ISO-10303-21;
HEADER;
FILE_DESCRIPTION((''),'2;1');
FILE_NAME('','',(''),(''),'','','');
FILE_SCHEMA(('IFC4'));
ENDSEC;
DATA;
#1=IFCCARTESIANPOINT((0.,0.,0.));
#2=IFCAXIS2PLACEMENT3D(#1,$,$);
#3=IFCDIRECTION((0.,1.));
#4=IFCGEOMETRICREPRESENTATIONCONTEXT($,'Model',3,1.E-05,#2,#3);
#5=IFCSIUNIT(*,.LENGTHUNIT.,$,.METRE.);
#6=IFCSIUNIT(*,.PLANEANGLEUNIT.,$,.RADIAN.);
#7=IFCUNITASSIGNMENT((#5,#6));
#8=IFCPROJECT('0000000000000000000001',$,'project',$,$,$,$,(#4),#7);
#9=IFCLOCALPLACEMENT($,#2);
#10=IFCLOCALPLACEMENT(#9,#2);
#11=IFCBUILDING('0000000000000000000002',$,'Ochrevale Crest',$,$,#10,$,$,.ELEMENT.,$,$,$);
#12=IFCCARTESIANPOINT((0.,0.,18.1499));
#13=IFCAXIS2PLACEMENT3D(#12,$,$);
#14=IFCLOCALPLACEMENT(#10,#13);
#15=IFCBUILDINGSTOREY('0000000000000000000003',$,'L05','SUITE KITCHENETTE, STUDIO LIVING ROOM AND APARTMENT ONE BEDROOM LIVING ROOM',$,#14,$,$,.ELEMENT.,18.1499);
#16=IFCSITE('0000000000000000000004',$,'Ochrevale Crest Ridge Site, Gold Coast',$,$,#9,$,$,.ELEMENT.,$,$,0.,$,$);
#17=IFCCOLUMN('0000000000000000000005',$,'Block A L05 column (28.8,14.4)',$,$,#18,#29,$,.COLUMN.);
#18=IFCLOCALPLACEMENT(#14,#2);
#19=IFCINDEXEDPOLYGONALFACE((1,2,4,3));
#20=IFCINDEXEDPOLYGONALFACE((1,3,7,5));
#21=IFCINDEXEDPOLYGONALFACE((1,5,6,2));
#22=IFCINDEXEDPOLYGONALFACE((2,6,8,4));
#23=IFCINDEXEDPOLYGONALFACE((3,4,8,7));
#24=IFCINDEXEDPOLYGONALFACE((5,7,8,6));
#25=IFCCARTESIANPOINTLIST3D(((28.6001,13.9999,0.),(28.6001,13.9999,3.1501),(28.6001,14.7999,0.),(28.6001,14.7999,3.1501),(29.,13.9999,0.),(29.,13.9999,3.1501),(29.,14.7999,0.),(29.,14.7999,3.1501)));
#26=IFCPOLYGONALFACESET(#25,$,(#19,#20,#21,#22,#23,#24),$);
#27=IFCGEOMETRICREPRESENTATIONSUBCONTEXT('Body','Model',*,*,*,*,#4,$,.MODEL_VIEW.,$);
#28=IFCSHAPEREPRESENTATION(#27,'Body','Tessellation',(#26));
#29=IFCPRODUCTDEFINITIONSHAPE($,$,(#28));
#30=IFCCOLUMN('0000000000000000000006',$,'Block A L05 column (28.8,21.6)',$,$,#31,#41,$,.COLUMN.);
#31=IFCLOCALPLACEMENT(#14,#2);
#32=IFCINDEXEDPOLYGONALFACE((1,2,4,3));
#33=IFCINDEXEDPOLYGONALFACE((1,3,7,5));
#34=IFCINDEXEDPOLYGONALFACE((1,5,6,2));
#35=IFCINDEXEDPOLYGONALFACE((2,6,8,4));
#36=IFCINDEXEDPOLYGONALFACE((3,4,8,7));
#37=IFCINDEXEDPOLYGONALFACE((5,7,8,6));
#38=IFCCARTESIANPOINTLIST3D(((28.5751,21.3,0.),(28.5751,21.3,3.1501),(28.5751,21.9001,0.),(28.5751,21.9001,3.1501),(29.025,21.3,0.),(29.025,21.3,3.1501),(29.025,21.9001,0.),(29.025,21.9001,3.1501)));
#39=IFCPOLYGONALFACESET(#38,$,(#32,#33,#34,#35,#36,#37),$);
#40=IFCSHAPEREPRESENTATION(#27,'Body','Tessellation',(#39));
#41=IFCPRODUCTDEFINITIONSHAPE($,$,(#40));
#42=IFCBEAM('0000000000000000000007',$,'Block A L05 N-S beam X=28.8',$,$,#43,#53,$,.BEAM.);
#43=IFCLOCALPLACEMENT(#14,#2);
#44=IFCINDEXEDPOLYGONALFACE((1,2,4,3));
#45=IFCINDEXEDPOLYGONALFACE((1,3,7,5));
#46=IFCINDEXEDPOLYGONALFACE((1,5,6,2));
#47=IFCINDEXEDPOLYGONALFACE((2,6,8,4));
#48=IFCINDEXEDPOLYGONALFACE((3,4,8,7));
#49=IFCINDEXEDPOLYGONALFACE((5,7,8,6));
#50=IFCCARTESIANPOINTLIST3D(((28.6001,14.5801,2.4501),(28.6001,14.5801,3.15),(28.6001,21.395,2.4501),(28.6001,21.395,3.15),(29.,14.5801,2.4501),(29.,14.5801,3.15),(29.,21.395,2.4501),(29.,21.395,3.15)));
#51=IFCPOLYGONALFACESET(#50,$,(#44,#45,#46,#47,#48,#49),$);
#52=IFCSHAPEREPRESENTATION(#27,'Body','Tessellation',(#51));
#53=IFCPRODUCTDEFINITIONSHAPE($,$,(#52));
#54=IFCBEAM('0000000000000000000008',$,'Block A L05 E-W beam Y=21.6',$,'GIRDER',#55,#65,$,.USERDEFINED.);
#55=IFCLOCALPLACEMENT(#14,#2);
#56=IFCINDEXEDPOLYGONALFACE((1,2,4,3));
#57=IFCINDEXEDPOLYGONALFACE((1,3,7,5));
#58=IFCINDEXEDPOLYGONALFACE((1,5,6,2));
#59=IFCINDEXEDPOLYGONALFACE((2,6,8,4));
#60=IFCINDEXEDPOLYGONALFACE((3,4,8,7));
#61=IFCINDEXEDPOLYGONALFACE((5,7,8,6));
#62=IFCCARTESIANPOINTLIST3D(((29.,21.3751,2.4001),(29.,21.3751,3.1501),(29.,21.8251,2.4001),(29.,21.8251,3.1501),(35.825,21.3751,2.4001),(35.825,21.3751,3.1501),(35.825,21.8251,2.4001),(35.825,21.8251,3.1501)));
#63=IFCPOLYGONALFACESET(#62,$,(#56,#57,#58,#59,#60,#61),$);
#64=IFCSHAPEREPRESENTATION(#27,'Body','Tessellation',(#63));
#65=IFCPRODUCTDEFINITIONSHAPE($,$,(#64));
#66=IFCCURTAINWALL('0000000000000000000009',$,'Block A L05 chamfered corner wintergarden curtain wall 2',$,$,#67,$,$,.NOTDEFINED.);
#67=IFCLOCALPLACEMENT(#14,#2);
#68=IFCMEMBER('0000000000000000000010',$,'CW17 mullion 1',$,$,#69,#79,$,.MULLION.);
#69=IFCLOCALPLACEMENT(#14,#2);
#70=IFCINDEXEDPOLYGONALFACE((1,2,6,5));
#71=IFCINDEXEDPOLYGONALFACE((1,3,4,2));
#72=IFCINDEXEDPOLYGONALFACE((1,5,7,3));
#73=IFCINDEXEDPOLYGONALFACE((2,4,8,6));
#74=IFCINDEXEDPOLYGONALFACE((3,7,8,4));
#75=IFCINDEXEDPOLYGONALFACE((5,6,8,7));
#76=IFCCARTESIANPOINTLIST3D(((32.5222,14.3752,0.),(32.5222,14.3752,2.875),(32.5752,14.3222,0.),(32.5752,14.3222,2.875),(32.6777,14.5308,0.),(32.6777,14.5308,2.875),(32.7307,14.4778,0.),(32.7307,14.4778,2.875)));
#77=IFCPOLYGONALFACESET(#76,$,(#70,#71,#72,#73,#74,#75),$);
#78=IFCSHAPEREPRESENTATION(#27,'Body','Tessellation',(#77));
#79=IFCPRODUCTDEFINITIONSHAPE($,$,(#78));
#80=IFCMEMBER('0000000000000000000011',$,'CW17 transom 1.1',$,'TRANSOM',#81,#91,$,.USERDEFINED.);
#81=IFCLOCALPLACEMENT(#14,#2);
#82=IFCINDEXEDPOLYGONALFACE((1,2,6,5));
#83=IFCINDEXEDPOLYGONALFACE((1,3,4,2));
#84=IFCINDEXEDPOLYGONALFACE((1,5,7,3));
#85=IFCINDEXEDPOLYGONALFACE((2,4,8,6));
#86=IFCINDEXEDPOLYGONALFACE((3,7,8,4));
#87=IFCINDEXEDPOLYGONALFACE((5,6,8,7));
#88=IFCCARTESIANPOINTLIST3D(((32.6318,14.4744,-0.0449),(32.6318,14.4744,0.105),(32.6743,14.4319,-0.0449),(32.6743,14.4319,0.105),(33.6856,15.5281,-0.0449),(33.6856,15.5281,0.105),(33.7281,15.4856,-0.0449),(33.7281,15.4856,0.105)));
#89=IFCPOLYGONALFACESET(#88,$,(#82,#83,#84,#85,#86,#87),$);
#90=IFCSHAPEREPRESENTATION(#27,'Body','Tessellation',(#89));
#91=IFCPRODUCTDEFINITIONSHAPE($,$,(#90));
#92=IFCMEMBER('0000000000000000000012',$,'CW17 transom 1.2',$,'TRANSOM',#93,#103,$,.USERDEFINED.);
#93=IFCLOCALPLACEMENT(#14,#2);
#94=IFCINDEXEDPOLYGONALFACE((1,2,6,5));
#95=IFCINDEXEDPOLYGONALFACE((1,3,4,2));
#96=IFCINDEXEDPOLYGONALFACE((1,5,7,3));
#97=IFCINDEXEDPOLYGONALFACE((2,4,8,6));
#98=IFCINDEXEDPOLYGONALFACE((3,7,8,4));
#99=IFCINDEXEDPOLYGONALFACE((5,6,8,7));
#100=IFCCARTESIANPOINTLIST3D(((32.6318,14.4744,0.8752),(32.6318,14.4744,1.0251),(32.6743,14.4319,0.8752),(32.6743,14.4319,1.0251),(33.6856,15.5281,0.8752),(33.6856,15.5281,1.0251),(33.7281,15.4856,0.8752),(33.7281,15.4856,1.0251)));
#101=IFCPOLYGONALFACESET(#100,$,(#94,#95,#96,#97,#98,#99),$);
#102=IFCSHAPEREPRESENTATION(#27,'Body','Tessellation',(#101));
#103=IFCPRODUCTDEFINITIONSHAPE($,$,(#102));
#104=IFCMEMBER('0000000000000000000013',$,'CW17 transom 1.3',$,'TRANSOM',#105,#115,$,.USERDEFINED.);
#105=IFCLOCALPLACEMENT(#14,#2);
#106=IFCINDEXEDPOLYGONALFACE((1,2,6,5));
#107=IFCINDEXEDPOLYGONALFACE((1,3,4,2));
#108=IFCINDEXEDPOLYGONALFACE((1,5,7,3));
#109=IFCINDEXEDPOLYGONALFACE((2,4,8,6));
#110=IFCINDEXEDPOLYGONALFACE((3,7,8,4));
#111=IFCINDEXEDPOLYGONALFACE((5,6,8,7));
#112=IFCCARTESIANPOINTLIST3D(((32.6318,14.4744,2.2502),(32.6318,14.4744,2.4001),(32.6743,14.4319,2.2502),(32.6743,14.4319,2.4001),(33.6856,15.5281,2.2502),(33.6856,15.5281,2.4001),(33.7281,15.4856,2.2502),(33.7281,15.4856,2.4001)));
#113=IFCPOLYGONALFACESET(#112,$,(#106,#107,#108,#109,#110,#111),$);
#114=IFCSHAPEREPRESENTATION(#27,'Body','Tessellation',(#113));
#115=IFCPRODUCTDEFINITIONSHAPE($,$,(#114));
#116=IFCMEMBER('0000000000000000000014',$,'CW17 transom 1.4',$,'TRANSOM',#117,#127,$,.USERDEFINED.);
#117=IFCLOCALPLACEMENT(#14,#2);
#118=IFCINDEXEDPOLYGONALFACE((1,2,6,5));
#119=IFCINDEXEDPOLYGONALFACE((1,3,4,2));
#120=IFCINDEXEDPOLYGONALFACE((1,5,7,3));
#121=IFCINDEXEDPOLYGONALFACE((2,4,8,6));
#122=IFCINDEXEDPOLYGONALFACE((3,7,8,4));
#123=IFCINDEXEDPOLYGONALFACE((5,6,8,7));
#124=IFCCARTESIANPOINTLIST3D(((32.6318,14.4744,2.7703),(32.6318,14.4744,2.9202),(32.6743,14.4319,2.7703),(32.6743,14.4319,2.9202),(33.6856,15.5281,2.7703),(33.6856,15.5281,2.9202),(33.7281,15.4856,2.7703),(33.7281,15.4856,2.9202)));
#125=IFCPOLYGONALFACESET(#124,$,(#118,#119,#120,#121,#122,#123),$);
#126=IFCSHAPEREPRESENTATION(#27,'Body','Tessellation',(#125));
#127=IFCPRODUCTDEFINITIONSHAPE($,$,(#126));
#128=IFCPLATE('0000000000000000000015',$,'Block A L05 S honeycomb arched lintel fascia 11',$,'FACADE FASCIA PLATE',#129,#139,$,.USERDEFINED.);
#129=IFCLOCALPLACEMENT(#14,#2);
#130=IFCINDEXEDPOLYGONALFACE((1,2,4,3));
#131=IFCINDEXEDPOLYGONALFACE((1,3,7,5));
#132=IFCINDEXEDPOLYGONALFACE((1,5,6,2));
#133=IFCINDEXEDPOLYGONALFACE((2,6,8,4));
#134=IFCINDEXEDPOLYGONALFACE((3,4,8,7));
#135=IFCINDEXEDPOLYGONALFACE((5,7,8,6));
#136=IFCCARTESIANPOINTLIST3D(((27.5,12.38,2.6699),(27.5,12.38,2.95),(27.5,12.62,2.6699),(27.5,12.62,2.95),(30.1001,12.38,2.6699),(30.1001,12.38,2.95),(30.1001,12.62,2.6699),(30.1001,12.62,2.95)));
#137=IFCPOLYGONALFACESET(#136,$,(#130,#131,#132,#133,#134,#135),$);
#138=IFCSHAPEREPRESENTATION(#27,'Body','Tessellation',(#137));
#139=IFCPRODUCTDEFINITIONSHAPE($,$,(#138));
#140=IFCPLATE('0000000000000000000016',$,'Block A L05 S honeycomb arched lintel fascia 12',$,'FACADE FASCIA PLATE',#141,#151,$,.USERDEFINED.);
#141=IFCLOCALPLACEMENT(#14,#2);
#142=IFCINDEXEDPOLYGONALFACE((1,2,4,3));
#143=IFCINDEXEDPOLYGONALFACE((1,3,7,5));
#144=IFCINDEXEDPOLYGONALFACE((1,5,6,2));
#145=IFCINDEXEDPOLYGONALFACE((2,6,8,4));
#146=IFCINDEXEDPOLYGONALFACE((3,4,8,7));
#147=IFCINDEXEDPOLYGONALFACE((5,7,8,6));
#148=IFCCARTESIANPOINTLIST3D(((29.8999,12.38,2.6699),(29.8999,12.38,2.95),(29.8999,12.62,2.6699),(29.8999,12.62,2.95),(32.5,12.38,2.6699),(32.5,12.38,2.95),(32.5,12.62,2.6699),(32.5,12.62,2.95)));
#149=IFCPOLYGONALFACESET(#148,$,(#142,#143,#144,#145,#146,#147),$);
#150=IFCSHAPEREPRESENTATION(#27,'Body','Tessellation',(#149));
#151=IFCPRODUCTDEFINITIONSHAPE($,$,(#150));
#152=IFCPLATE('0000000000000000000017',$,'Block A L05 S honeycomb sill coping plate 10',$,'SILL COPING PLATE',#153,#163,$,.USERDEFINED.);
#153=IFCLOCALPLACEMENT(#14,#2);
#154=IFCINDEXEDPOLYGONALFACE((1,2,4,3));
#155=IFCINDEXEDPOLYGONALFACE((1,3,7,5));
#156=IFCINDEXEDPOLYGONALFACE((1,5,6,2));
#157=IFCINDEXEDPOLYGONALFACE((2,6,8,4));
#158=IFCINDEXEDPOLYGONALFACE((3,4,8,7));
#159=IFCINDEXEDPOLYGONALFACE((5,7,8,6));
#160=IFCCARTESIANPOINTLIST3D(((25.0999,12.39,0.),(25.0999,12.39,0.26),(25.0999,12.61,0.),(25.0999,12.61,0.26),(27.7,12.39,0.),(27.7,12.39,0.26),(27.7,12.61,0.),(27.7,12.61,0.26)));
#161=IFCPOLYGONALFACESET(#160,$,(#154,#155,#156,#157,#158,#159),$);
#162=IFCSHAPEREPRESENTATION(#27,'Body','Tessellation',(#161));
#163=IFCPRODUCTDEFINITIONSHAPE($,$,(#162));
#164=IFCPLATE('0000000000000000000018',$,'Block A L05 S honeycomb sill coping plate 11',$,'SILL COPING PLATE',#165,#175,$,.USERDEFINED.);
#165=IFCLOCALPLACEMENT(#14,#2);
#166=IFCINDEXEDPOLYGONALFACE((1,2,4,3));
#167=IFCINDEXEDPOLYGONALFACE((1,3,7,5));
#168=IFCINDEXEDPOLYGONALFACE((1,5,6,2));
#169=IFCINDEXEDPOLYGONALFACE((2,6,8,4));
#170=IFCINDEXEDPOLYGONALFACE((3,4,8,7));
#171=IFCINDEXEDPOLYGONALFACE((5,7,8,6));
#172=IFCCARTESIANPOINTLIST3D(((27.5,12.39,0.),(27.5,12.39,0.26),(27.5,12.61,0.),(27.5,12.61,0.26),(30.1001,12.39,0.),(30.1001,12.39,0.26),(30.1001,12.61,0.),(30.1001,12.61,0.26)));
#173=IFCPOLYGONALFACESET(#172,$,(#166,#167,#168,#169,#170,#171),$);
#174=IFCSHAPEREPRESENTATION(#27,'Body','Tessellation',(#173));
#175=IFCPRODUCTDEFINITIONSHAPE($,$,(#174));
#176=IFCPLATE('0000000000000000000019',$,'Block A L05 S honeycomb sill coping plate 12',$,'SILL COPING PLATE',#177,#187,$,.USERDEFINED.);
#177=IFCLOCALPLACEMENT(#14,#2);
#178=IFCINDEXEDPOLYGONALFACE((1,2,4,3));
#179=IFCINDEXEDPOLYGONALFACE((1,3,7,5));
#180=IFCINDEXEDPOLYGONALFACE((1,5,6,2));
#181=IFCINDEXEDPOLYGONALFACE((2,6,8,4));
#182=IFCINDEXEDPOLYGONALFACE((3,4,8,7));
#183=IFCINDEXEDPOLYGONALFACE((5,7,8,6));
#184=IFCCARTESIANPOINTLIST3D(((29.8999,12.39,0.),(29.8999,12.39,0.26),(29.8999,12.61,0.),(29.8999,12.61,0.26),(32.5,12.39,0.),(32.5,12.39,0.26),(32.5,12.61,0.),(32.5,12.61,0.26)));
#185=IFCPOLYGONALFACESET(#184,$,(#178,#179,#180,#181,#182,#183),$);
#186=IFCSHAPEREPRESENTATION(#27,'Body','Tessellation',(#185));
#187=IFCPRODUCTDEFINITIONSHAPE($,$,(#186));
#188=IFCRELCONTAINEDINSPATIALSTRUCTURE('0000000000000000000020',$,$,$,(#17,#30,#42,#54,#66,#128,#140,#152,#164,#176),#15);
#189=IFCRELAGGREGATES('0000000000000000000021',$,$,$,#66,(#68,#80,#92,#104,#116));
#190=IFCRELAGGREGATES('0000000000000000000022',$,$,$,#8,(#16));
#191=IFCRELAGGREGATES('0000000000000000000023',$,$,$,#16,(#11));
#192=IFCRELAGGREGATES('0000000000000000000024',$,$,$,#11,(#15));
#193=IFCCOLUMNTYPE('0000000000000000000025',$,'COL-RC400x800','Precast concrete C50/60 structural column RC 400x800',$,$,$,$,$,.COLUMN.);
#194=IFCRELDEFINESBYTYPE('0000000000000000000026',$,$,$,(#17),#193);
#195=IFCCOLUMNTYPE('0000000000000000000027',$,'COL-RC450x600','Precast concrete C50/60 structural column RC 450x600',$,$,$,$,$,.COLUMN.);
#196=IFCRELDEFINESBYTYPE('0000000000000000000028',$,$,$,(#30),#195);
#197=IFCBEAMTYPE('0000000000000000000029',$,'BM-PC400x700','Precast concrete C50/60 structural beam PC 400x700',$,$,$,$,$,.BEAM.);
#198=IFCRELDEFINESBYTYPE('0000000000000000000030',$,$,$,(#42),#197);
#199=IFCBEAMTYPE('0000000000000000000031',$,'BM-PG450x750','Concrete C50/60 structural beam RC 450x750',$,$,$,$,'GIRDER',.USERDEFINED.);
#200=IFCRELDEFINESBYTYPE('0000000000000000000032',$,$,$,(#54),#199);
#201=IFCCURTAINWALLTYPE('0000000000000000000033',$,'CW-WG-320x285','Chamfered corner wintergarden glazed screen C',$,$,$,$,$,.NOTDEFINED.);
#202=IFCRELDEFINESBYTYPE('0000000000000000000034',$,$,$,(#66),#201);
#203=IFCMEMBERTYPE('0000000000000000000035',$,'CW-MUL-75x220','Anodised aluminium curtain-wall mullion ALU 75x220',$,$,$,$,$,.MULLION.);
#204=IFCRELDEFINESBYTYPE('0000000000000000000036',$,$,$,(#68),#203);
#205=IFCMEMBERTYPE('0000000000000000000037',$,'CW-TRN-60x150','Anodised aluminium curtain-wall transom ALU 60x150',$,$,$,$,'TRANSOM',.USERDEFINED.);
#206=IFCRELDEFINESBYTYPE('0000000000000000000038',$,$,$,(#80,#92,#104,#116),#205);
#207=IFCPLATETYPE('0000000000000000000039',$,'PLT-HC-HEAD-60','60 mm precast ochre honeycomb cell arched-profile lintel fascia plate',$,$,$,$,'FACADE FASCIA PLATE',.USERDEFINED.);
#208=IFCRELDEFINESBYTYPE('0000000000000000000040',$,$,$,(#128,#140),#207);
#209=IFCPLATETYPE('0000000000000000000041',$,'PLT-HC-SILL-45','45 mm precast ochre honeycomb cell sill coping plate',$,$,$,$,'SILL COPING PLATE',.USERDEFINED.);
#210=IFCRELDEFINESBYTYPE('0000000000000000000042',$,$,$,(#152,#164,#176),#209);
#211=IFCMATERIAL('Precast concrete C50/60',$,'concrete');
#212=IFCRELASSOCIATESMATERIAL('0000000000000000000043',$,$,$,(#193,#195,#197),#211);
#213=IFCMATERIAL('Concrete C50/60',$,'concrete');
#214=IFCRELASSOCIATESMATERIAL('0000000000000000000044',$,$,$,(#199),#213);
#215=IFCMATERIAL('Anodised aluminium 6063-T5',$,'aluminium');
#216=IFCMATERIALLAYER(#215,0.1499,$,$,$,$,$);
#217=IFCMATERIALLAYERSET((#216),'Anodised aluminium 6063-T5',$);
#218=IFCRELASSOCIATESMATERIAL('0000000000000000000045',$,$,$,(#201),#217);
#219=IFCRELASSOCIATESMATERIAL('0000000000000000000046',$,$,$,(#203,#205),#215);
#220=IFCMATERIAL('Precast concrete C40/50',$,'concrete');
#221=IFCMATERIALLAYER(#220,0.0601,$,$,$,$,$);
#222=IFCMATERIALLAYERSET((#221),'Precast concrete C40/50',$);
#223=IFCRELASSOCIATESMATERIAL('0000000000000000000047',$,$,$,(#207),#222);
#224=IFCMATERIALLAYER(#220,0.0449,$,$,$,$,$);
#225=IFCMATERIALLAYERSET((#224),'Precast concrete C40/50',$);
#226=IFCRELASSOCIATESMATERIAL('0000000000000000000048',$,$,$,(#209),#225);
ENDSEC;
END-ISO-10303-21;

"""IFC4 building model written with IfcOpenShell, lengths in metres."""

from ifc_helpers import new_model, si_unit, direction, frame, origin, origin_2d, place, context, subcontext, project, spatial, rectangle, extrude, material, layer, layer_set, material_profile, profile_set, type_object, element, aggregate, save


model = new_model("IFC4")

# Units and contexts
model_context = context("Model", 3, precision=1e-05, world=origin(), true_north=direction((0.0, 1.0)))
body_context = subcontext(model_context, "Body", "Model", "MODEL_VIEW")
ifc_project = project(units=[si_unit("LENGTHUNIT", "METRE"), si_unit("PLANEANGLEUNIT", "RADIAN")], contexts=[model_context])

# Site, building, storey
site_placement = place(None, origin())
site = spatial("IfcSite", under=ifc_project, at=site_placement, Name="Ochrevale Crest Ridge Site, Gold Coast", CompositionType="ELEMENT", RefElevation=0.0)
building_placement = place(site_placement, origin())
building = spatial("IfcBuilding", under=site, at=building_placement, Name="Ochrevale Crest", CompositionType="ELEMENT")
storey_placement = place(building_placement, frame((0.0, 0.0, 18.1499)))
storey = spatial("IfcBuildingStorey", under=building, at=storey_placement, Name="L05", Description="SUITE KITCHENETTE, STUDIO LIVING ROOM AND APARTMENT ONE BEDROOM LIVING ROOM", CompositionType="ELEMENT", Elevation=18.1499)

# Columns
ifc_material_1 = material(Name="Precast concrete C50/60", Category="concrete")
ifc_material_profile_1 = material_profile(ifc_material_1, rectangle(XDim=0.3999, YDim=0.8, at=origin_2d()), Name="RC 400x800")
ifc_profile_set_1 = profile_set([ifc_material_profile_1], Name="Precast concrete C50/60")
column_type_1 = type_object("IfcColumnType", Name="COL-RC400x800", Description="Precast concrete C50/60 structural column RC 400x800", PredefinedType="COLUMN", material=ifc_profile_set_1)
column_1_placement = place(storey_placement, frame((28.8, 14.3999, 0.0), z_axis=(0.0, 0.0, 1.0), x_axis=(1.0, 0.0, 0.0)))
element("IfcColumn", 1, at=column_1_placement, inside=storey, type_object=column_type_1, Name="Block A L05 column (28.8,14.4)", PredefinedType="COLUMN", context=body_context, shape_type="SweptSolid", body=[
    extrude(rectangle(XDim=0.3999, YDim=0.8, at=origin_2d()), origin(), (0.0, 0.0, 1.0), 3.1501),
])
ifc_material_profile_2 = material_profile(ifc_material_1, rectangle(XDim=0.45, YDim=0.6001, at=origin_2d()), Name="RC 450x600")
ifc_profile_set_2 = profile_set([ifc_material_profile_2], Name="Precast concrete C50/60")
column_type_2 = type_object("IfcColumnType", Name="COL-RC450x600", Description="Precast concrete C50/60 structural column RC 450x600", PredefinedType="COLUMN", material=ifc_profile_set_2)
column_2_placement = place(storey_placement, frame((28.8, 21.6001, 0.0), z_axis=(0.0, 0.0, 1.0), x_axis=(1.0, 0.0, 0.0)))
element("IfcColumn", 2, at=column_2_placement, inside=storey, type_object=column_type_2, Name="Block A L05 column (28.8,21.6)", PredefinedType="COLUMN", context=body_context, shape_type="SweptSolid", body=[
    extrude(rectangle(XDim=0.45, YDim=0.6001, at=origin_2d()), origin(), (0.0, 0.0, 1.0), 3.1501),
])

# Beams
ifc_material_profile_3 = material_profile(ifc_material_1, rectangle(XDim=0.3999, YDim=0.7, at=origin_2d()), Name="PC 400x700")
ifc_profile_set_3 = profile_set([ifc_material_profile_3], Name="Precast concrete C50/60")
beam_type_1 = type_object("IfcBeamType", Name="BM-PC400x700", Description="Precast concrete C50/60 structural beam PC 400x700", PredefinedType="BEAM", material=ifc_profile_set_3)
beam_1_placement = place(storey_placement, frame((28.8, 14.5801, 2.8), z_axis=(0.0, 1.0, 0.0), x_axis=(-1.0, 0.0, 0.0)))
element("IfcBeam", 3, at=beam_1_placement, inside=storey, type_object=beam_type_1, Name="Block A L05 N-S beam X=28.8", PredefinedType="BEAM", context=body_context, shape_type="SweptSolid", body=[
    extrude(rectangle(XDim=0.3999, YDim=0.7, at=origin_2d()), origin(), (0.0, 0.0, 1.0), 6.8149),
])
ifc_material_2 = material(Name="Concrete C50/60", Category="concrete")
ifc_material_profile_4 = material_profile(ifc_material_2, rectangle(XDim=0.45, YDim=0.75, at=origin_2d()), Name="RC 450x750")
ifc_profile_set_4 = profile_set([ifc_material_profile_4], Name="Concrete C50/60")
beam_type_2 = type_object("IfcBeamType", Name="BM-PG450x750", Description="Concrete C50/60 structural beam RC 450x750", ElementType="GIRDER", PredefinedType="USERDEFINED", material=ifc_profile_set_4)
beam_2_placement = place(storey_placement, frame((29.0, 21.6001, 2.7751), z_axis=(1.0, 0.0, 0.0), x_axis=(0.0, 1.0, 0.0)))
element("IfcBeam", 4, at=beam_2_placement, inside=storey, type_object=beam_type_2, Name="Block A L05 E-W beam Y=21.6", ObjectType="GIRDER", PredefinedType="USERDEFINED", context=body_context, shape_type="SweptSolid", body=[
    extrude(rectangle(XDim=0.45, YDim=0.75, at=origin_2d()), origin(), (0.0, 0.0, 1.0), 6.825),
])

# Curtain wall, members
ifc_material_3 = material(Name="Anodised aluminium 6063-T5", Category="aluminium")
ifc_layer_1 = layer(ifc_material_3, 0.1499)
ifc_layer_set_1 = layer_set([ifc_layer_1], Name="Anodised aluminium 6063-T5")
curtain_wall_type = type_object("IfcCurtainWallType", Name="CW-WG-320x285", Description="Chamfered corner wintergarden glazed screen C", PredefinedType="NOTDEFINED", material=ifc_layer_set_1)
curtain_wall_placement = place(storey_placement, origin())
curtain_wall = element("IfcCurtainWall", 5, at=curtain_wall_placement, inside=storey, type_object=curtain_wall_type, Name="Block A L05 chamfered corner wintergarden curtain wall 2", PredefinedType="NOTDEFINED")
ifc_material_profile_5 = material_profile(ifc_material_3, rectangle(XDim=0.075, YDim=0.22, at=origin_2d()), Name="ALU 75x220")
ifc_profile_set_5 = profile_set([ifc_material_profile_5], Name="Anodised aluminium 6063-T5")
member_type_1 = type_object("IfcMemberType", Name="CW-MUL-75x220", Description="Anodised aluminium curtain-wall mullion ALU 75x220", PredefinedType="MULLION", material=ifc_profile_set_5)
member_1_placement = place(storey_placement, frame((32.6265, 14.4265, 0.0), z_axis=(0.0, 0.0, 1.0), x_axis=(-0.707107, 0.707107, 0.0)))
member_1 = element("IfcMember", 6, at=member_1_placement, type_object=member_type_1, Name="CW17 mullion 1", PredefinedType="MULLION", context=body_context, shape_type="SweptSolid", body=[
    extrude(rectangle(XDim=0.075, YDim=0.22, at=origin_2d()), origin(), (0.0, 0.0, 1.0), 2.875),
])
ifc_material_profile_6 = material_profile(ifc_material_3, rectangle(XDim=0.0601, YDim=0.1499, at=origin_2d()), Name="ALU 60x150")
ifc_profile_set_6 = profile_set([ifc_material_profile_6], Name="Anodised aluminium 6063-T5")
member_type_2 = type_object("IfcMemberType", Name="CW-TRN-60x150", Description="Anodised aluminium curtain-wall transom ALU 60x150", ElementType="TRANSOM", PredefinedType="USERDEFINED", material=ifc_profile_set_6)
member_2_placement = place(storey_placement, frame((32.6531, 14.4531, 0.03), z_axis=(0.707107, 0.707107, 0.0), x_axis=(-0.707107, 0.707107, 0.0)))
member_2 = element("IfcMember", 7, at=member_2_placement, type_object=member_type_2, Name="CW17 transom 1.1", ObjectType="TRANSOM", PredefinedType="USERDEFINED", context=body_context, shape_type="SweptSolid", body=[
    extrude(rectangle(XDim=0.0601, YDim=0.1499, at=origin_2d()), origin(), (0.0, 0.0, 1.0), 1.4902),
])
member_3_placement = place(storey_placement, frame((32.6531, 14.4531, 0.9502), z_axis=(0.707107, 0.707107, 0.0), x_axis=(-0.707107, 0.707107, 0.0)))
member_3 = element("IfcMember", 8, at=member_3_placement, type_object=member_type_2, Name="CW17 transom 1.2", ObjectType="TRANSOM", PredefinedType="USERDEFINED", context=body_context, shape_type="SweptSolid", body=[
    extrude(rectangle(XDim=0.0601, YDim=0.1499, at=origin_2d()), origin(), (0.0, 0.0, 1.0), 1.4902),
])
member_4_placement = place(storey_placement, frame((32.6531, 14.4531, 2.3252), z_axis=(0.707107, 0.707107, 0.0), x_axis=(-0.707107, 0.707107, 0.0)))
member_4 = element("IfcMember", 9, at=member_4_placement, type_object=member_type_2, Name="CW17 transom 1.3", ObjectType="TRANSOM", PredefinedType="USERDEFINED", context=body_context, shape_type="SweptSolid", body=[
    extrude(rectangle(XDim=0.0601, YDim=0.1499, at=origin_2d()), origin(), (0.0, 0.0, 1.0), 1.4902),
])
member_5_placement = place(storey_placement, frame((32.6531, 14.4531, 2.8452), z_axis=(0.707107, 0.707107, 0.0), x_axis=(-0.707107, 0.707107, 0.0)))
member_5 = element("IfcMember", 10, at=member_5_placement, type_object=member_type_2, Name="CW17 transom 1.4", ObjectType="TRANSOM", PredefinedType="USERDEFINED", context=body_context, shape_type="SweptSolid", body=[
    extrude(rectangle(XDim=0.0601, YDim=0.1499, at=origin_2d()), origin(), (0.0, 0.0, 1.0), 1.4902),
])
aggregate(curtain_wall, [member_1, member_2, member_3, member_4, member_5])

# Plates
ifc_material_4 = material(Name="Precast concrete C40/50", Category="concrete")
ifc_layer_2 = layer(ifc_material_4, 0.0601)
ifc_layer_set_2 = layer_set([ifc_layer_2], Name="Precast concrete C40/50")
plate_type_1 = type_object("IfcPlateType", Name="PLT-HC-HEAD-60", Description="60 mm precast ochre honeycomb cell arched-profile lintel fascia plate", ElementType="FACADE FASCIA PLATE", PredefinedType="USERDEFINED", material=ifc_layer_set_2)
for number, where, z_axis, x_axis, name in (
    (11, (28.8, 12.5, 2.6699), (0.0, 0.0, 1.0), (1.0, 0.0, 0.0), "Block A L05 S honeycomb arched lintel fascia 11"),
    (12, (31.2, 12.5, 2.6699), (0.0, 0.0, 1.0), (1.0, 0.0, 0.0), "Block A L05 S honeycomb arched lintel fascia 12"),
):
    element("IfcPlate", number, at=place(storey_placement, frame(where, z_axis=z_axis, x_axis=x_axis)), inside=storey, type_object=plate_type_1, Name=name, ObjectType="FACADE FASCIA PLATE", PredefinedType="USERDEFINED", context=body_context, shape_type="SweptSolid", body=[
        extrude(rectangle(XDim=2.6001, YDim=0.24, at=origin_2d()), origin(), (0.0, 0.0, 1.0), 0.28),
    ])
ifc_layer_3 = layer(ifc_material_4, 0.0449)
ifc_layer_set_3 = layer_set([ifc_layer_3], Name="Precast concrete C40/50")
plate_type_2 = type_object("IfcPlateType", Name="PLT-HC-SILL-45", Description="45 mm precast ochre honeycomb cell sill coping plate", ElementType="SILL COPING PLATE", PredefinedType="USERDEFINED", material=ifc_layer_set_3)
for number, where, z_axis, x_axis, name in (
    (13, (26.3999, 12.5, 0.0), (0.0, 0.0, 1.0), (1.0, 0.0, 0.0), "Block A L05 S honeycomb sill coping plate 10"),
    (14, (28.8, 12.5, 0.0), (0.0, 0.0, 1.0), (1.0, 0.0, 0.0), "Block A L05 S honeycomb sill coping plate 11"),
    (15, (31.2, 12.5, 0.0), (0.0, 0.0, 1.0), (1.0, 0.0, 0.0), "Block A L05 S honeycomb sill coping plate 12"),
):
    element("IfcPlate", number, at=place(storey_placement, frame(where, z_axis=z_axis, x_axis=x_axis)), inside=storey, type_object=plate_type_2, Name=name, ObjectType="SILL COPING PLATE", PredefinedType="USERDEFINED", context=body_context, shape_type="SweptSolid", body=[
        extrude(rectangle(XDim=2.6001, YDim=0.22, at=origin_2d()), origin(), (0.0, 0.0, 1.0), 0.26),
    ])

save(model, "model.ifc")
